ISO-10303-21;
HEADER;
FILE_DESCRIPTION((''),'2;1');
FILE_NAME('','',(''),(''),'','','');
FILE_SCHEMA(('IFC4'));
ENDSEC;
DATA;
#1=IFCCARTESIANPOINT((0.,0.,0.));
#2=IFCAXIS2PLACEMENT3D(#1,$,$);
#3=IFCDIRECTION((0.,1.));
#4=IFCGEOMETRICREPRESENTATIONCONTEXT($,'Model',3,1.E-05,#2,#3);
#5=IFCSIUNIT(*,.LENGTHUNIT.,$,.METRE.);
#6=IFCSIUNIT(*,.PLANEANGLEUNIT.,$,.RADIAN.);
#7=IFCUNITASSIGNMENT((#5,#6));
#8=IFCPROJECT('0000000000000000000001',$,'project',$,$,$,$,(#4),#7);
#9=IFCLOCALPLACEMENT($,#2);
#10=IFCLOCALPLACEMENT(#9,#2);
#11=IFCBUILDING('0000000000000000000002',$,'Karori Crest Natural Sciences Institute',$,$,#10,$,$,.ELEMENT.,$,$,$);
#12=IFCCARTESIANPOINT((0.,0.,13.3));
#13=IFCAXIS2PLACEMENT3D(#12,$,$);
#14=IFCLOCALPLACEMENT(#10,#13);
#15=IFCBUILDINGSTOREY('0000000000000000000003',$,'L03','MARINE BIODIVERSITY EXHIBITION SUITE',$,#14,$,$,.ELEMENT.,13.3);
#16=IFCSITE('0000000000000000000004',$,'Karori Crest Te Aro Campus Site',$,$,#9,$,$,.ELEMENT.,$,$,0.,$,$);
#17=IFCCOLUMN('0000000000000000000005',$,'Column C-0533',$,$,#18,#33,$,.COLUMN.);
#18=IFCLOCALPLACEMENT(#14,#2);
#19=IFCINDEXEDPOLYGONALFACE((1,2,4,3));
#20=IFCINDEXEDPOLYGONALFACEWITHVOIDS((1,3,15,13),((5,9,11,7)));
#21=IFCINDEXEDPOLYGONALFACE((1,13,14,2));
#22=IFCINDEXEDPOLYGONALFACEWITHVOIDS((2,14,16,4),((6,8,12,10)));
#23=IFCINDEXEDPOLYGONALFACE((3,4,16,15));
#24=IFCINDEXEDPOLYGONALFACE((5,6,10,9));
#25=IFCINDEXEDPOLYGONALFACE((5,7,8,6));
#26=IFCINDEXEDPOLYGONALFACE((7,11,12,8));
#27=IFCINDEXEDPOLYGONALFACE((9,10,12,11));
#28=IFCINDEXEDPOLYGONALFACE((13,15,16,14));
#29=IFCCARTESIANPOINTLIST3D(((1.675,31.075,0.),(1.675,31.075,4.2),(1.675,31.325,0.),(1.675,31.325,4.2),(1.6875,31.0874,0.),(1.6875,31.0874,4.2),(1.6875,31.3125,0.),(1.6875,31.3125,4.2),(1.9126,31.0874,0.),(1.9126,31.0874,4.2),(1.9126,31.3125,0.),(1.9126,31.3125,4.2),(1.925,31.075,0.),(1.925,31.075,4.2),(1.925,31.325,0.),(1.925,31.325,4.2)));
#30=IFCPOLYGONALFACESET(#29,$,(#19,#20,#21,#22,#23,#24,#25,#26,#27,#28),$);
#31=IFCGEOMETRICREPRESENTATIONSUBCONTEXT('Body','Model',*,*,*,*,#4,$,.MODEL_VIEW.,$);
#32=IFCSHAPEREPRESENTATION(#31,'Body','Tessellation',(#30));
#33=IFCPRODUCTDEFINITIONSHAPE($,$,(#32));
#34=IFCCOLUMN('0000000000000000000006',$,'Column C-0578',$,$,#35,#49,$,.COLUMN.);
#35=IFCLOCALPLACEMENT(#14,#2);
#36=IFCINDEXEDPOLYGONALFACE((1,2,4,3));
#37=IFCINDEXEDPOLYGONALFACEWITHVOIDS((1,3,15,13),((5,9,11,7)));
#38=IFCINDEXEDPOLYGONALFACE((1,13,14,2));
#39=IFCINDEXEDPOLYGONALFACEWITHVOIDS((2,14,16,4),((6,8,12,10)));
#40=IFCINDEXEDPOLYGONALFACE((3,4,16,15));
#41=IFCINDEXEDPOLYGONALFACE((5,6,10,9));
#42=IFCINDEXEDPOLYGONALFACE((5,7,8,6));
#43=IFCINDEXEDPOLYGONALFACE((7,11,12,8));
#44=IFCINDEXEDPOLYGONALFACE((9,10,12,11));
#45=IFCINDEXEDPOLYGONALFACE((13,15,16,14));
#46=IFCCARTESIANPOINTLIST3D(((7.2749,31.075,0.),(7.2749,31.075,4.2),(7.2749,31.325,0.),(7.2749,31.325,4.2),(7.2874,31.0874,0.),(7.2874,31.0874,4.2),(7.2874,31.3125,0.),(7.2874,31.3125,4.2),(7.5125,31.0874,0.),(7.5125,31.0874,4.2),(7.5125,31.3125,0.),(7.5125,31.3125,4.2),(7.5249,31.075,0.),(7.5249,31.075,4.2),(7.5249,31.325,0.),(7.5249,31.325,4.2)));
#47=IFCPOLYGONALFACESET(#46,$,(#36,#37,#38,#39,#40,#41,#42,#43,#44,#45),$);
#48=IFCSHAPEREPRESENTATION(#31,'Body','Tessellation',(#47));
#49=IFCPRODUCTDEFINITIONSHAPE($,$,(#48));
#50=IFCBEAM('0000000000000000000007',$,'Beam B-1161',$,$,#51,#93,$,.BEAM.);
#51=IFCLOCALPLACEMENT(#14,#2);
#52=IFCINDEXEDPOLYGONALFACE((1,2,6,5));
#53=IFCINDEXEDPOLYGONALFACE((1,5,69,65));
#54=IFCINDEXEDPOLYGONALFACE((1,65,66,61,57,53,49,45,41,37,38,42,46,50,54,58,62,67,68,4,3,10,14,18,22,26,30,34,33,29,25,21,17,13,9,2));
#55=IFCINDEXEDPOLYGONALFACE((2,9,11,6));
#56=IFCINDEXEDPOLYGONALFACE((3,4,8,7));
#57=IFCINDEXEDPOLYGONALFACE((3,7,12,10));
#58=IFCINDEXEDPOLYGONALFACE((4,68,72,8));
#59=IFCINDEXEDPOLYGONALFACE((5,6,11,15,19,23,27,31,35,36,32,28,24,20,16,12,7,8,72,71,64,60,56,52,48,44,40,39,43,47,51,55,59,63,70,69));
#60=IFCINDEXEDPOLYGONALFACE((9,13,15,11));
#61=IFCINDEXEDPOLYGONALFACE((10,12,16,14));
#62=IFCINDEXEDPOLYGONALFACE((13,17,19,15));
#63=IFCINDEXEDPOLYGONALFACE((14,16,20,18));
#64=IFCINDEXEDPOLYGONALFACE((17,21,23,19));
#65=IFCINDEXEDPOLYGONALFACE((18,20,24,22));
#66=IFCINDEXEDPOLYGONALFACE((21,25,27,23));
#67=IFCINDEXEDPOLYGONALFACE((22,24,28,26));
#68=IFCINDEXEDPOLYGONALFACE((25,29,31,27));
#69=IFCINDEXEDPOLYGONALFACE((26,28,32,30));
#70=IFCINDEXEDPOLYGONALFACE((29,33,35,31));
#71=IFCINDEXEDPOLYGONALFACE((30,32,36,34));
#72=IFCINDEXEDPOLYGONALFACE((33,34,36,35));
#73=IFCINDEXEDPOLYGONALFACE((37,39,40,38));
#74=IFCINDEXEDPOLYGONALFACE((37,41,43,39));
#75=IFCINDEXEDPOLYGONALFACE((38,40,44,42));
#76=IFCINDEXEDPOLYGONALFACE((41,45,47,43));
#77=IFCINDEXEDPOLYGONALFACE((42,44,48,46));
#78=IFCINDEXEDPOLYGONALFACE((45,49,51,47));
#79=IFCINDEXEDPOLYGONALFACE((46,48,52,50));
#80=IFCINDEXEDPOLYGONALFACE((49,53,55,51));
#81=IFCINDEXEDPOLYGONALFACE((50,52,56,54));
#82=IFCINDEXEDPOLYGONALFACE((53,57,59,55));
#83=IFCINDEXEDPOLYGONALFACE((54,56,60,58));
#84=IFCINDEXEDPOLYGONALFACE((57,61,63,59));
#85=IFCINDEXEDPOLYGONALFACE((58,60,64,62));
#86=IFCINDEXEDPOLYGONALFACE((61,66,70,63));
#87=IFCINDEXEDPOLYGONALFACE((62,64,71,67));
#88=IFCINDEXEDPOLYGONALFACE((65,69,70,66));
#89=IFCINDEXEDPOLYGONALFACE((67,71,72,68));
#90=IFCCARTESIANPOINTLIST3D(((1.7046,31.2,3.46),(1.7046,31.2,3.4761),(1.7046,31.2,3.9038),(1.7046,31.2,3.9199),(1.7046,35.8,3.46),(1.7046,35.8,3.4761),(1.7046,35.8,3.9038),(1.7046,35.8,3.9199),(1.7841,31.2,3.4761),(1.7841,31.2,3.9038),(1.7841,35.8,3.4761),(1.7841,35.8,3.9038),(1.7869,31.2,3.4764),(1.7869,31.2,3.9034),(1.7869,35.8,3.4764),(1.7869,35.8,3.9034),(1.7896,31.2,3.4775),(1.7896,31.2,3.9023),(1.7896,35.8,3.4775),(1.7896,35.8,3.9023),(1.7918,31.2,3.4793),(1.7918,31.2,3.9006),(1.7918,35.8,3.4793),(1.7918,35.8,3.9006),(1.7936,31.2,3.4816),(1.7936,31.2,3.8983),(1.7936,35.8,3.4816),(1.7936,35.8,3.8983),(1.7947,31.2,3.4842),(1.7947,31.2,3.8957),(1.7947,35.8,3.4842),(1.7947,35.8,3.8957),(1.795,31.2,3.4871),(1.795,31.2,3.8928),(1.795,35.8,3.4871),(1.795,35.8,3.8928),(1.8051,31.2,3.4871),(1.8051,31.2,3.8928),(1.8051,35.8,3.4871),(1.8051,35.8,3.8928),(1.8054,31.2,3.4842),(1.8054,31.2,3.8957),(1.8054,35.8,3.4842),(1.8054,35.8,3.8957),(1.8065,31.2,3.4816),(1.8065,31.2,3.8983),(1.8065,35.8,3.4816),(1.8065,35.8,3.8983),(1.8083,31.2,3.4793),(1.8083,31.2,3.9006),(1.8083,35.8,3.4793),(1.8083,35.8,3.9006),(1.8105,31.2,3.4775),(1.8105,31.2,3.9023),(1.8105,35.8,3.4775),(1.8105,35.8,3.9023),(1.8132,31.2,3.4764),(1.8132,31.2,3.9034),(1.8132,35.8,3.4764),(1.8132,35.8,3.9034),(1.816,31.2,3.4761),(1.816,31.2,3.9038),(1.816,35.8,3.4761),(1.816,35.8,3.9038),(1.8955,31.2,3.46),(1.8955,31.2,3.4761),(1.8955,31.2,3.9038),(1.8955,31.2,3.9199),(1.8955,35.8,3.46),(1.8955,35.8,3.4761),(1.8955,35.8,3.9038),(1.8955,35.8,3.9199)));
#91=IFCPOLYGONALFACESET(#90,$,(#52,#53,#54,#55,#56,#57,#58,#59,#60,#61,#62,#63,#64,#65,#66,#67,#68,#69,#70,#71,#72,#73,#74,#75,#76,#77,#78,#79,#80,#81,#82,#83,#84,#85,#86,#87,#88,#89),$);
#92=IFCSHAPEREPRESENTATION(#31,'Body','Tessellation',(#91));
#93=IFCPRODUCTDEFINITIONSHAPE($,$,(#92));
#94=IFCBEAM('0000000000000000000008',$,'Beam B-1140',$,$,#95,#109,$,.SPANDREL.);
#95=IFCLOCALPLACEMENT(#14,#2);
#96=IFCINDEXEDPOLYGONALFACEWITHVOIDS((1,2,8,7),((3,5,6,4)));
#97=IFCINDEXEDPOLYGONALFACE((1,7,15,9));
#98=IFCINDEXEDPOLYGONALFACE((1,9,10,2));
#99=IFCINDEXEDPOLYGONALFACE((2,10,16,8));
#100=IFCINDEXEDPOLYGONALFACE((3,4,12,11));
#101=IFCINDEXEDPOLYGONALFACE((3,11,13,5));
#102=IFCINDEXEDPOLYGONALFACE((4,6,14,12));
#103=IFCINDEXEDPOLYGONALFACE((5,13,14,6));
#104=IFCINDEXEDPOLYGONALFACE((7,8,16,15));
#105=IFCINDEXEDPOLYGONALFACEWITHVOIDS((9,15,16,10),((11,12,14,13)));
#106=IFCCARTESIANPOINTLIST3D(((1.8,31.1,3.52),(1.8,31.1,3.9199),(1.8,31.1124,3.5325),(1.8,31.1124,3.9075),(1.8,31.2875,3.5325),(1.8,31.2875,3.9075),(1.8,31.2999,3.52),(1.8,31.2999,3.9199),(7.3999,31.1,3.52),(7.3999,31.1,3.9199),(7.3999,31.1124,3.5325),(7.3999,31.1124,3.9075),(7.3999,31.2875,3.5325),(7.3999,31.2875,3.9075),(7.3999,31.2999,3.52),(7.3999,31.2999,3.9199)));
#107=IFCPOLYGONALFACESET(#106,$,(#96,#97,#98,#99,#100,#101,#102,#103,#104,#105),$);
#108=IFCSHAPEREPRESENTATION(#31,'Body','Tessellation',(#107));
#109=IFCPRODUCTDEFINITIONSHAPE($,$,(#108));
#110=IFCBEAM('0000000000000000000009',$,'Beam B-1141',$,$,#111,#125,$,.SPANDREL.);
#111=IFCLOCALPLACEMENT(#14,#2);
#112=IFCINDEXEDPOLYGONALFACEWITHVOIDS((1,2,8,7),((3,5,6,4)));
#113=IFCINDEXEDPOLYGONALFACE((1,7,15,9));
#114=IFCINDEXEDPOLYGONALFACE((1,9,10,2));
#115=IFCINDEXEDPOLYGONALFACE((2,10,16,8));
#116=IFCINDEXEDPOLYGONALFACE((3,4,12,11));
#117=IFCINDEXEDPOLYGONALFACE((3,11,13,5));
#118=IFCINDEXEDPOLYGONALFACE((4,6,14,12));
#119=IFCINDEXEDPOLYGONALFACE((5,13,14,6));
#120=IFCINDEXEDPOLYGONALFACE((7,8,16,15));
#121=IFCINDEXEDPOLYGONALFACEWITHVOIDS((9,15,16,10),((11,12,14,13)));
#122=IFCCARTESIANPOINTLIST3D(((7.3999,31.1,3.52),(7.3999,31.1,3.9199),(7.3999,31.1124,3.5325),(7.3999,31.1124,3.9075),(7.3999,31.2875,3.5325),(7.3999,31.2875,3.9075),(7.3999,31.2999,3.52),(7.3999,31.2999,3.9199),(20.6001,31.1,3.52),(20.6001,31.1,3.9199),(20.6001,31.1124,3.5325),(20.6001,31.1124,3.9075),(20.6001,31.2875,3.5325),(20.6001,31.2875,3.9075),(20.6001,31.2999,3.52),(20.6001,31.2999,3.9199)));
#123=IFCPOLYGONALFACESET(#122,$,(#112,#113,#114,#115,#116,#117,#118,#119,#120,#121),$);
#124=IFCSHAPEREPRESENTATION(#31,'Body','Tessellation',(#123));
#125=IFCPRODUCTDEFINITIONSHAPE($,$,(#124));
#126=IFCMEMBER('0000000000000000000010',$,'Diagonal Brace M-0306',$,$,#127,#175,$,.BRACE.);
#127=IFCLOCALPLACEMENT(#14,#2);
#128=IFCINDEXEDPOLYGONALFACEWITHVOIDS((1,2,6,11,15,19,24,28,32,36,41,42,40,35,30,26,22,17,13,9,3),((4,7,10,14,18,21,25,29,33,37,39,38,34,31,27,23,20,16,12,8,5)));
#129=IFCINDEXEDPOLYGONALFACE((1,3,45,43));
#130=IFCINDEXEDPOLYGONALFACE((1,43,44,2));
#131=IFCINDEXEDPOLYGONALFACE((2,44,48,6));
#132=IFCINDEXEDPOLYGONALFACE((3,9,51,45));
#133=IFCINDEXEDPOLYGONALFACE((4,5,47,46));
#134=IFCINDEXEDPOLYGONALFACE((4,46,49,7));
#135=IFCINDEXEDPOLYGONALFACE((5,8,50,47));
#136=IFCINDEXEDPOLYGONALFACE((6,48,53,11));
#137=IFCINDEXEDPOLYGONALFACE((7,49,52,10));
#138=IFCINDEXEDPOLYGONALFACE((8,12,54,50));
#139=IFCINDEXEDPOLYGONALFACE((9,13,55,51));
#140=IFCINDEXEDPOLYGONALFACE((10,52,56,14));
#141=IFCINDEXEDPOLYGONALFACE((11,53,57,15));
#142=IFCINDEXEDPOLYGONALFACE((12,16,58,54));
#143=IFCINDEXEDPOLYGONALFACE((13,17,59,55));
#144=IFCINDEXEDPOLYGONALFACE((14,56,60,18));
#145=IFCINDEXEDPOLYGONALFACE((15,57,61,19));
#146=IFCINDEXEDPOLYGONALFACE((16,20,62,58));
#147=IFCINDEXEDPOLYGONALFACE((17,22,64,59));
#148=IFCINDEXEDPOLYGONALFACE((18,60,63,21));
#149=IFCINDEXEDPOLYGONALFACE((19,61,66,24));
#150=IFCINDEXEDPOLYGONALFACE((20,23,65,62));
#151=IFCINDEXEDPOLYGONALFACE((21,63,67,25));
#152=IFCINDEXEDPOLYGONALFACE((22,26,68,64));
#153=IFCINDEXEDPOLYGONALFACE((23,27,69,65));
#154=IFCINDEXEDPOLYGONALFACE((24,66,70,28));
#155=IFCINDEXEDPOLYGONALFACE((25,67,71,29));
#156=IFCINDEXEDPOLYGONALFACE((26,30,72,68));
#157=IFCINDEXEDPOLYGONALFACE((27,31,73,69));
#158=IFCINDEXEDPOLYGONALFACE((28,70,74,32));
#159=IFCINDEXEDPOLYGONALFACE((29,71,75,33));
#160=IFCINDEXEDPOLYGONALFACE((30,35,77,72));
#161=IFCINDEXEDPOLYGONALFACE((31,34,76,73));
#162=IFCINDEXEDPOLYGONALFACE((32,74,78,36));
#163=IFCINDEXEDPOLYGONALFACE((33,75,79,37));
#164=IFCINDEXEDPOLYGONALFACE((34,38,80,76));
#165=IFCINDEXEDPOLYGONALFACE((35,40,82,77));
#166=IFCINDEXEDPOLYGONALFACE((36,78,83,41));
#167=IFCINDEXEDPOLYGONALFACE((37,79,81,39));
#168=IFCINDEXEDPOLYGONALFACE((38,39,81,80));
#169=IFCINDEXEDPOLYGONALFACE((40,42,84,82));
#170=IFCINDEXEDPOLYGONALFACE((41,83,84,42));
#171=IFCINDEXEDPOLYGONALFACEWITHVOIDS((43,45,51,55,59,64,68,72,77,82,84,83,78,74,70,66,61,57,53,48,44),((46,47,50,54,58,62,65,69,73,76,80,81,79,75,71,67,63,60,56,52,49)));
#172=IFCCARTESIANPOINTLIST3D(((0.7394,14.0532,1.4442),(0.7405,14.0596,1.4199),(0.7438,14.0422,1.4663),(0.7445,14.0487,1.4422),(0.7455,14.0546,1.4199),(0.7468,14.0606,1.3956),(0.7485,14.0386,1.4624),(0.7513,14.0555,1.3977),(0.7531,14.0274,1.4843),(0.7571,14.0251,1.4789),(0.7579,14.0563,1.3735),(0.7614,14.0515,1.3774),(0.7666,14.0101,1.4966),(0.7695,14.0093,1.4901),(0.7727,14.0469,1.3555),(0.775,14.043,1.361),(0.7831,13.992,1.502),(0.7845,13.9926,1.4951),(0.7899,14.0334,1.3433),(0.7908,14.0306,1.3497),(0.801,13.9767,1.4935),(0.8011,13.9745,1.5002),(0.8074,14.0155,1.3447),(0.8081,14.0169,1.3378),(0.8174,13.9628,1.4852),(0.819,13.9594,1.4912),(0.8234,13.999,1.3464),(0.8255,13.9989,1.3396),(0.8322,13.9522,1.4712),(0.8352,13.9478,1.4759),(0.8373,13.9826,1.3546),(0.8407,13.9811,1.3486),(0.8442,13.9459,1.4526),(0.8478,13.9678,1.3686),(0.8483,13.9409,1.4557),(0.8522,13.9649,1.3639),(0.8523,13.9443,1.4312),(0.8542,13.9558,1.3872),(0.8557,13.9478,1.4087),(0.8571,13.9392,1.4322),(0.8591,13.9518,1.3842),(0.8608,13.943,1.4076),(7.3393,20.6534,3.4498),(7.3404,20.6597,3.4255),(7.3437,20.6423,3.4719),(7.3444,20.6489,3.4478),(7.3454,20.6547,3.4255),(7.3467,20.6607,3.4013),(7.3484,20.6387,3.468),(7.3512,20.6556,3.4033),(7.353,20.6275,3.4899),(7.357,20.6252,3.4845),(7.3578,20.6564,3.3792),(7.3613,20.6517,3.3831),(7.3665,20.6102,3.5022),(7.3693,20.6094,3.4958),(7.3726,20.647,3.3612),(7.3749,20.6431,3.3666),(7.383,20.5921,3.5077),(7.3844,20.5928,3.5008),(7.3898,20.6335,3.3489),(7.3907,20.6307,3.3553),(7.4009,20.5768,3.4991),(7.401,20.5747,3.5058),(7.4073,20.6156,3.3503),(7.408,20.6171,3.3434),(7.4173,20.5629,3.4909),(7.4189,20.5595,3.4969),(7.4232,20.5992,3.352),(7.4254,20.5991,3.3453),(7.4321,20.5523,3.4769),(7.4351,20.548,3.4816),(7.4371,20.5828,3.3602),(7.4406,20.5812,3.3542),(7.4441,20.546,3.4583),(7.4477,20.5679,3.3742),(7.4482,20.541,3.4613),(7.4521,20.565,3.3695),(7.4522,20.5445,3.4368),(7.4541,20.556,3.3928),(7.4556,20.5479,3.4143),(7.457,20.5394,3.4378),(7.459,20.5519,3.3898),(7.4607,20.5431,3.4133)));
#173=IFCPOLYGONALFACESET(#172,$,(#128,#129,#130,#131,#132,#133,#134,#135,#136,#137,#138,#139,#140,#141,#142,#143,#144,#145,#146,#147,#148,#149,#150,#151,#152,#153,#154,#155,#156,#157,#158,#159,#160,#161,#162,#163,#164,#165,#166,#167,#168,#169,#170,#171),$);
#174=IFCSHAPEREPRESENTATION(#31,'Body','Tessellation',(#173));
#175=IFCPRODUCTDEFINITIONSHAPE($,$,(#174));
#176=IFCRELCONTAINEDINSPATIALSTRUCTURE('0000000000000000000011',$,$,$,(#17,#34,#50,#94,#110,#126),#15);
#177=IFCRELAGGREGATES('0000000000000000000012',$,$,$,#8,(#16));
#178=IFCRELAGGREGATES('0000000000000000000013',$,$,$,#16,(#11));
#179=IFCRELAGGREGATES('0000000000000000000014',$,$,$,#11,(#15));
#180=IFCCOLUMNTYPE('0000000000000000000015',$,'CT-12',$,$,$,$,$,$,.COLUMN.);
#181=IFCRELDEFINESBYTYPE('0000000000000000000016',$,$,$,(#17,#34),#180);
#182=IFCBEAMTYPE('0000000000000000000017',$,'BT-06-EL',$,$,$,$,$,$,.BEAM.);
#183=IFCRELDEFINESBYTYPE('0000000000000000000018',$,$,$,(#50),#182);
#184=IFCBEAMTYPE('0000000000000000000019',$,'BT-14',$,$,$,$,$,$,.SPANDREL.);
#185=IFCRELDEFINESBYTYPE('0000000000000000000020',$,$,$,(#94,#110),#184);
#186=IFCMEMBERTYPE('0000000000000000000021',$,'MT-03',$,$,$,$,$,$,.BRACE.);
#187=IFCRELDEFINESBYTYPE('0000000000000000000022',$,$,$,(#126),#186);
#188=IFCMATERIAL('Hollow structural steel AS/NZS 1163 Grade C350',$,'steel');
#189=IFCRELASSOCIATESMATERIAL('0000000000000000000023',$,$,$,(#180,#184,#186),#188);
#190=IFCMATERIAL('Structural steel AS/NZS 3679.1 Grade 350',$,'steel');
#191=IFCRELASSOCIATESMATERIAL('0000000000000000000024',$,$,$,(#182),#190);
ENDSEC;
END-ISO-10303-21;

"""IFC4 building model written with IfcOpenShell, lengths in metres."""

from ifc_helpers import new_model, si_unit, direction, frame, origin, origin_2d, place, context, subcontext, project, spatial, hollow_rectangle, hollow_circle, i_section, extrude, material, material_profile, profile_set, type_object, element, save


model = new_model("IFC4")

# Units and contexts
model_context = context("Model", 3, precision=1e-05, world=origin(), true_north=direction((0.0, 1.0)))
body_context = subcontext(model_context, "Body", "Model", "MODEL_VIEW")
ifc_project = project(units=[si_unit("LENGTHUNIT", "METRE"), si_unit("PLANEANGLEUNIT", "RADIAN")], contexts=[model_context])

# Site, building, storey
site_placement = place(None, origin())
site = spatial("IfcSite", under=ifc_project, at=site_placement, Name="Karori Crest Te Aro Campus Site", CompositionType="ELEMENT", RefElevation=0.0)
building_placement = place(site_placement, origin())
building = spatial("IfcBuilding", under=site, at=building_placement, Name="Karori Crest Natural Sciences Institute", CompositionType="ELEMENT")
storey_placement = place(building_placement, frame((0.0, 0.0, 13.3)))
storey = spatial("IfcBuildingStorey", under=building, at=storey_placement, Name="L03", Description="MARINE BIODIVERSITY EXHIBITION SUITE", CompositionType="ELEMENT", Elevation=13.3)

# Columns
ifc_material_1 = material(Name="Hollow structural steel AS/NZS 1163 Grade C350", Category="steel")
ifc_material_profile_1 = material_profile(ifc_material_1, hollow_rectangle(XDim=0.25, YDim=0.25, WallThickness=0.0125, at=origin_2d()), Name="SHS250x250x12.5")
ifc_profile_set_1 = profile_set([ifc_material_profile_1], Name="Hollow structural steel AS/NZS 1163 Grade C350")
column_type = type_object("IfcColumnType", Name="CT-12", PredefinedType="COLUMN", material=ifc_profile_set_1)
for number, where, z_axis, x_axis, name in (
    (1, (1.8, 31.2, 0.0), (0.0, 0.0, 1.0), (1.0, 0.0, 0.0), "Column C-0533"),
    (2, (7.3999, 31.2, 0.0), (0.0, 0.0, 1.0), (1.0, 0.0, 0.0), "Column C-0578"),
):
    element("IfcColumn", number, at=place(storey_placement, frame(where, z_axis=z_axis, x_axis=x_axis)), inside=storey, type_object=column_type, Name=name, PredefinedType="COLUMN", context=body_context, shape_type="SweptSolid", body=[
        extrude(hollow_rectangle(XDim=0.25, YDim=0.25, WallThickness=0.0125, at=origin_2d()), origin(), (0.0, 0.0, 1.0), 4.2),
    ])

# Beams
ifc_material_2 = material(Name="Structural steel AS/NZS 3679.1 Grade 350", Category="steel")
ifc_material_profile_2 = material_profile(ifc_material_2, i_section(OverallWidth=0.1909, OverallDepth=0.46, WebThickness=0.01, FlangeThickness=0.0161, FilletRadius=0.011, at=origin_2d()), Name="460UB82.1")
ifc_profile_set_2 = profile_set([ifc_material_profile_2], Name="Structural steel AS/NZS 3679.1 Grade 350")
beam_type_1 = type_object("IfcBeamType", Name="BT-06-EL", PredefinedType="BEAM", material=ifc_profile_set_2)
beam_1_placement = place(storey_placement, frame((1.8, 31.2, 3.6899), z_axis=(0.0, 1.0, 0.0), x_axis=(-1.0, 0.0, 0.0)))
element("IfcBeam", 3, at=beam_1_placement, inside=storey, type_object=beam_type_1, Name="Beam B-1161", PredefinedType="BEAM", context=body_context, shape_type="SweptSolid", body=[
    extrude(i_section(OverallWidth=0.1909, OverallDepth=0.46, WebThickness=0.01, FlangeThickness=0.0161, FilletRadius=0.011, at=origin_2d()), origin(), (0.0, 0.0, 1.0), 4.6001),
])
ifc_material_profile_3 = material_profile(ifc_material_1, hollow_rectangle(XDim=0.2, YDim=0.3999, WallThickness=0.0125, at=origin_2d()), Name="RHS400x200x12.5")
ifc_profile_set_3 = profile_set([ifc_material_profile_3], Name="Hollow structural steel AS/NZS 1163 Grade C350")
beam_type_2 = type_object("IfcBeamType", Name="BT-14", PredefinedType="SPANDREL", material=ifc_profile_set_3)
beam_2_placement = place(storey_placement, frame((1.8, 31.2, 3.72), z_axis=(1.0, 0.0, 0.0), x_axis=(0.0, 1.0, 0.0)))
element("IfcBeam", 4, at=beam_2_placement, inside=storey, type_object=beam_type_2, Name="Beam B-1140", PredefinedType="SPANDREL", context=body_context, shape_type="SweptSolid", body=[
    extrude(hollow_rectangle(XDim=0.2, YDim=0.3999, WallThickness=0.0125, at=origin_2d()), origin(), (0.0, 0.0, 1.0), 5.5999),
])
beam_3_placement = place(storey_placement, frame((7.3999, 31.2, 3.72), z_axis=(1.0, 0.0, 0.0), x_axis=(0.0, 1.0, 0.0)))
element("IfcBeam", 5, at=beam_3_placement, inside=storey, type_object=beam_type_2, Name="Beam B-1141", PredefinedType="SPANDREL", context=body_context, shape_type="SweptSolid", body=[
    extrude(hollow_rectangle(XDim=0.2, YDim=0.3999, WallThickness=0.0125, at=origin_2d()), origin(), (0.0, 0.0, 1.0), 13.2002),
])

# Member
ifc_material_profile_4 = material_profile(ifc_material_1, hollow_circle(Radius=0.0842, WallThickness=0.0071, at=origin_2d()), Name="CHS168.3x7.1")
ifc_profile_set_4 = profile_set([ifc_material_profile_4], Name="Hollow structural steel AS/NZS 1163 Grade C350")
member_type_1 = type_object("IfcMemberType", Name="MT-03", PredefinedType="BRACE", material=ifc_profile_set_4)
member_1_placement = place(storey_placement, frame((0.8, 14.0, 1.4199), z_axis=(0.691314, 0.69134, 0.210082), x_axis=(-0.70712, 0.707094, 0.0)))
element("IfcMember", 6, at=member_1_placement, inside=storey, type_object=member_type_1, Name="Diagonal Brace M-0306", PredefinedType="BRACE", context=body_context, shape_type="SweptSolid", body=[
    extrude(hollow_circle(Radius=0.0842, WallThickness=0.0071, at=origin_2d()), origin(), (0.0, 0.0, 1.0), 9.5469),
])

save(model, "model.ifc")
